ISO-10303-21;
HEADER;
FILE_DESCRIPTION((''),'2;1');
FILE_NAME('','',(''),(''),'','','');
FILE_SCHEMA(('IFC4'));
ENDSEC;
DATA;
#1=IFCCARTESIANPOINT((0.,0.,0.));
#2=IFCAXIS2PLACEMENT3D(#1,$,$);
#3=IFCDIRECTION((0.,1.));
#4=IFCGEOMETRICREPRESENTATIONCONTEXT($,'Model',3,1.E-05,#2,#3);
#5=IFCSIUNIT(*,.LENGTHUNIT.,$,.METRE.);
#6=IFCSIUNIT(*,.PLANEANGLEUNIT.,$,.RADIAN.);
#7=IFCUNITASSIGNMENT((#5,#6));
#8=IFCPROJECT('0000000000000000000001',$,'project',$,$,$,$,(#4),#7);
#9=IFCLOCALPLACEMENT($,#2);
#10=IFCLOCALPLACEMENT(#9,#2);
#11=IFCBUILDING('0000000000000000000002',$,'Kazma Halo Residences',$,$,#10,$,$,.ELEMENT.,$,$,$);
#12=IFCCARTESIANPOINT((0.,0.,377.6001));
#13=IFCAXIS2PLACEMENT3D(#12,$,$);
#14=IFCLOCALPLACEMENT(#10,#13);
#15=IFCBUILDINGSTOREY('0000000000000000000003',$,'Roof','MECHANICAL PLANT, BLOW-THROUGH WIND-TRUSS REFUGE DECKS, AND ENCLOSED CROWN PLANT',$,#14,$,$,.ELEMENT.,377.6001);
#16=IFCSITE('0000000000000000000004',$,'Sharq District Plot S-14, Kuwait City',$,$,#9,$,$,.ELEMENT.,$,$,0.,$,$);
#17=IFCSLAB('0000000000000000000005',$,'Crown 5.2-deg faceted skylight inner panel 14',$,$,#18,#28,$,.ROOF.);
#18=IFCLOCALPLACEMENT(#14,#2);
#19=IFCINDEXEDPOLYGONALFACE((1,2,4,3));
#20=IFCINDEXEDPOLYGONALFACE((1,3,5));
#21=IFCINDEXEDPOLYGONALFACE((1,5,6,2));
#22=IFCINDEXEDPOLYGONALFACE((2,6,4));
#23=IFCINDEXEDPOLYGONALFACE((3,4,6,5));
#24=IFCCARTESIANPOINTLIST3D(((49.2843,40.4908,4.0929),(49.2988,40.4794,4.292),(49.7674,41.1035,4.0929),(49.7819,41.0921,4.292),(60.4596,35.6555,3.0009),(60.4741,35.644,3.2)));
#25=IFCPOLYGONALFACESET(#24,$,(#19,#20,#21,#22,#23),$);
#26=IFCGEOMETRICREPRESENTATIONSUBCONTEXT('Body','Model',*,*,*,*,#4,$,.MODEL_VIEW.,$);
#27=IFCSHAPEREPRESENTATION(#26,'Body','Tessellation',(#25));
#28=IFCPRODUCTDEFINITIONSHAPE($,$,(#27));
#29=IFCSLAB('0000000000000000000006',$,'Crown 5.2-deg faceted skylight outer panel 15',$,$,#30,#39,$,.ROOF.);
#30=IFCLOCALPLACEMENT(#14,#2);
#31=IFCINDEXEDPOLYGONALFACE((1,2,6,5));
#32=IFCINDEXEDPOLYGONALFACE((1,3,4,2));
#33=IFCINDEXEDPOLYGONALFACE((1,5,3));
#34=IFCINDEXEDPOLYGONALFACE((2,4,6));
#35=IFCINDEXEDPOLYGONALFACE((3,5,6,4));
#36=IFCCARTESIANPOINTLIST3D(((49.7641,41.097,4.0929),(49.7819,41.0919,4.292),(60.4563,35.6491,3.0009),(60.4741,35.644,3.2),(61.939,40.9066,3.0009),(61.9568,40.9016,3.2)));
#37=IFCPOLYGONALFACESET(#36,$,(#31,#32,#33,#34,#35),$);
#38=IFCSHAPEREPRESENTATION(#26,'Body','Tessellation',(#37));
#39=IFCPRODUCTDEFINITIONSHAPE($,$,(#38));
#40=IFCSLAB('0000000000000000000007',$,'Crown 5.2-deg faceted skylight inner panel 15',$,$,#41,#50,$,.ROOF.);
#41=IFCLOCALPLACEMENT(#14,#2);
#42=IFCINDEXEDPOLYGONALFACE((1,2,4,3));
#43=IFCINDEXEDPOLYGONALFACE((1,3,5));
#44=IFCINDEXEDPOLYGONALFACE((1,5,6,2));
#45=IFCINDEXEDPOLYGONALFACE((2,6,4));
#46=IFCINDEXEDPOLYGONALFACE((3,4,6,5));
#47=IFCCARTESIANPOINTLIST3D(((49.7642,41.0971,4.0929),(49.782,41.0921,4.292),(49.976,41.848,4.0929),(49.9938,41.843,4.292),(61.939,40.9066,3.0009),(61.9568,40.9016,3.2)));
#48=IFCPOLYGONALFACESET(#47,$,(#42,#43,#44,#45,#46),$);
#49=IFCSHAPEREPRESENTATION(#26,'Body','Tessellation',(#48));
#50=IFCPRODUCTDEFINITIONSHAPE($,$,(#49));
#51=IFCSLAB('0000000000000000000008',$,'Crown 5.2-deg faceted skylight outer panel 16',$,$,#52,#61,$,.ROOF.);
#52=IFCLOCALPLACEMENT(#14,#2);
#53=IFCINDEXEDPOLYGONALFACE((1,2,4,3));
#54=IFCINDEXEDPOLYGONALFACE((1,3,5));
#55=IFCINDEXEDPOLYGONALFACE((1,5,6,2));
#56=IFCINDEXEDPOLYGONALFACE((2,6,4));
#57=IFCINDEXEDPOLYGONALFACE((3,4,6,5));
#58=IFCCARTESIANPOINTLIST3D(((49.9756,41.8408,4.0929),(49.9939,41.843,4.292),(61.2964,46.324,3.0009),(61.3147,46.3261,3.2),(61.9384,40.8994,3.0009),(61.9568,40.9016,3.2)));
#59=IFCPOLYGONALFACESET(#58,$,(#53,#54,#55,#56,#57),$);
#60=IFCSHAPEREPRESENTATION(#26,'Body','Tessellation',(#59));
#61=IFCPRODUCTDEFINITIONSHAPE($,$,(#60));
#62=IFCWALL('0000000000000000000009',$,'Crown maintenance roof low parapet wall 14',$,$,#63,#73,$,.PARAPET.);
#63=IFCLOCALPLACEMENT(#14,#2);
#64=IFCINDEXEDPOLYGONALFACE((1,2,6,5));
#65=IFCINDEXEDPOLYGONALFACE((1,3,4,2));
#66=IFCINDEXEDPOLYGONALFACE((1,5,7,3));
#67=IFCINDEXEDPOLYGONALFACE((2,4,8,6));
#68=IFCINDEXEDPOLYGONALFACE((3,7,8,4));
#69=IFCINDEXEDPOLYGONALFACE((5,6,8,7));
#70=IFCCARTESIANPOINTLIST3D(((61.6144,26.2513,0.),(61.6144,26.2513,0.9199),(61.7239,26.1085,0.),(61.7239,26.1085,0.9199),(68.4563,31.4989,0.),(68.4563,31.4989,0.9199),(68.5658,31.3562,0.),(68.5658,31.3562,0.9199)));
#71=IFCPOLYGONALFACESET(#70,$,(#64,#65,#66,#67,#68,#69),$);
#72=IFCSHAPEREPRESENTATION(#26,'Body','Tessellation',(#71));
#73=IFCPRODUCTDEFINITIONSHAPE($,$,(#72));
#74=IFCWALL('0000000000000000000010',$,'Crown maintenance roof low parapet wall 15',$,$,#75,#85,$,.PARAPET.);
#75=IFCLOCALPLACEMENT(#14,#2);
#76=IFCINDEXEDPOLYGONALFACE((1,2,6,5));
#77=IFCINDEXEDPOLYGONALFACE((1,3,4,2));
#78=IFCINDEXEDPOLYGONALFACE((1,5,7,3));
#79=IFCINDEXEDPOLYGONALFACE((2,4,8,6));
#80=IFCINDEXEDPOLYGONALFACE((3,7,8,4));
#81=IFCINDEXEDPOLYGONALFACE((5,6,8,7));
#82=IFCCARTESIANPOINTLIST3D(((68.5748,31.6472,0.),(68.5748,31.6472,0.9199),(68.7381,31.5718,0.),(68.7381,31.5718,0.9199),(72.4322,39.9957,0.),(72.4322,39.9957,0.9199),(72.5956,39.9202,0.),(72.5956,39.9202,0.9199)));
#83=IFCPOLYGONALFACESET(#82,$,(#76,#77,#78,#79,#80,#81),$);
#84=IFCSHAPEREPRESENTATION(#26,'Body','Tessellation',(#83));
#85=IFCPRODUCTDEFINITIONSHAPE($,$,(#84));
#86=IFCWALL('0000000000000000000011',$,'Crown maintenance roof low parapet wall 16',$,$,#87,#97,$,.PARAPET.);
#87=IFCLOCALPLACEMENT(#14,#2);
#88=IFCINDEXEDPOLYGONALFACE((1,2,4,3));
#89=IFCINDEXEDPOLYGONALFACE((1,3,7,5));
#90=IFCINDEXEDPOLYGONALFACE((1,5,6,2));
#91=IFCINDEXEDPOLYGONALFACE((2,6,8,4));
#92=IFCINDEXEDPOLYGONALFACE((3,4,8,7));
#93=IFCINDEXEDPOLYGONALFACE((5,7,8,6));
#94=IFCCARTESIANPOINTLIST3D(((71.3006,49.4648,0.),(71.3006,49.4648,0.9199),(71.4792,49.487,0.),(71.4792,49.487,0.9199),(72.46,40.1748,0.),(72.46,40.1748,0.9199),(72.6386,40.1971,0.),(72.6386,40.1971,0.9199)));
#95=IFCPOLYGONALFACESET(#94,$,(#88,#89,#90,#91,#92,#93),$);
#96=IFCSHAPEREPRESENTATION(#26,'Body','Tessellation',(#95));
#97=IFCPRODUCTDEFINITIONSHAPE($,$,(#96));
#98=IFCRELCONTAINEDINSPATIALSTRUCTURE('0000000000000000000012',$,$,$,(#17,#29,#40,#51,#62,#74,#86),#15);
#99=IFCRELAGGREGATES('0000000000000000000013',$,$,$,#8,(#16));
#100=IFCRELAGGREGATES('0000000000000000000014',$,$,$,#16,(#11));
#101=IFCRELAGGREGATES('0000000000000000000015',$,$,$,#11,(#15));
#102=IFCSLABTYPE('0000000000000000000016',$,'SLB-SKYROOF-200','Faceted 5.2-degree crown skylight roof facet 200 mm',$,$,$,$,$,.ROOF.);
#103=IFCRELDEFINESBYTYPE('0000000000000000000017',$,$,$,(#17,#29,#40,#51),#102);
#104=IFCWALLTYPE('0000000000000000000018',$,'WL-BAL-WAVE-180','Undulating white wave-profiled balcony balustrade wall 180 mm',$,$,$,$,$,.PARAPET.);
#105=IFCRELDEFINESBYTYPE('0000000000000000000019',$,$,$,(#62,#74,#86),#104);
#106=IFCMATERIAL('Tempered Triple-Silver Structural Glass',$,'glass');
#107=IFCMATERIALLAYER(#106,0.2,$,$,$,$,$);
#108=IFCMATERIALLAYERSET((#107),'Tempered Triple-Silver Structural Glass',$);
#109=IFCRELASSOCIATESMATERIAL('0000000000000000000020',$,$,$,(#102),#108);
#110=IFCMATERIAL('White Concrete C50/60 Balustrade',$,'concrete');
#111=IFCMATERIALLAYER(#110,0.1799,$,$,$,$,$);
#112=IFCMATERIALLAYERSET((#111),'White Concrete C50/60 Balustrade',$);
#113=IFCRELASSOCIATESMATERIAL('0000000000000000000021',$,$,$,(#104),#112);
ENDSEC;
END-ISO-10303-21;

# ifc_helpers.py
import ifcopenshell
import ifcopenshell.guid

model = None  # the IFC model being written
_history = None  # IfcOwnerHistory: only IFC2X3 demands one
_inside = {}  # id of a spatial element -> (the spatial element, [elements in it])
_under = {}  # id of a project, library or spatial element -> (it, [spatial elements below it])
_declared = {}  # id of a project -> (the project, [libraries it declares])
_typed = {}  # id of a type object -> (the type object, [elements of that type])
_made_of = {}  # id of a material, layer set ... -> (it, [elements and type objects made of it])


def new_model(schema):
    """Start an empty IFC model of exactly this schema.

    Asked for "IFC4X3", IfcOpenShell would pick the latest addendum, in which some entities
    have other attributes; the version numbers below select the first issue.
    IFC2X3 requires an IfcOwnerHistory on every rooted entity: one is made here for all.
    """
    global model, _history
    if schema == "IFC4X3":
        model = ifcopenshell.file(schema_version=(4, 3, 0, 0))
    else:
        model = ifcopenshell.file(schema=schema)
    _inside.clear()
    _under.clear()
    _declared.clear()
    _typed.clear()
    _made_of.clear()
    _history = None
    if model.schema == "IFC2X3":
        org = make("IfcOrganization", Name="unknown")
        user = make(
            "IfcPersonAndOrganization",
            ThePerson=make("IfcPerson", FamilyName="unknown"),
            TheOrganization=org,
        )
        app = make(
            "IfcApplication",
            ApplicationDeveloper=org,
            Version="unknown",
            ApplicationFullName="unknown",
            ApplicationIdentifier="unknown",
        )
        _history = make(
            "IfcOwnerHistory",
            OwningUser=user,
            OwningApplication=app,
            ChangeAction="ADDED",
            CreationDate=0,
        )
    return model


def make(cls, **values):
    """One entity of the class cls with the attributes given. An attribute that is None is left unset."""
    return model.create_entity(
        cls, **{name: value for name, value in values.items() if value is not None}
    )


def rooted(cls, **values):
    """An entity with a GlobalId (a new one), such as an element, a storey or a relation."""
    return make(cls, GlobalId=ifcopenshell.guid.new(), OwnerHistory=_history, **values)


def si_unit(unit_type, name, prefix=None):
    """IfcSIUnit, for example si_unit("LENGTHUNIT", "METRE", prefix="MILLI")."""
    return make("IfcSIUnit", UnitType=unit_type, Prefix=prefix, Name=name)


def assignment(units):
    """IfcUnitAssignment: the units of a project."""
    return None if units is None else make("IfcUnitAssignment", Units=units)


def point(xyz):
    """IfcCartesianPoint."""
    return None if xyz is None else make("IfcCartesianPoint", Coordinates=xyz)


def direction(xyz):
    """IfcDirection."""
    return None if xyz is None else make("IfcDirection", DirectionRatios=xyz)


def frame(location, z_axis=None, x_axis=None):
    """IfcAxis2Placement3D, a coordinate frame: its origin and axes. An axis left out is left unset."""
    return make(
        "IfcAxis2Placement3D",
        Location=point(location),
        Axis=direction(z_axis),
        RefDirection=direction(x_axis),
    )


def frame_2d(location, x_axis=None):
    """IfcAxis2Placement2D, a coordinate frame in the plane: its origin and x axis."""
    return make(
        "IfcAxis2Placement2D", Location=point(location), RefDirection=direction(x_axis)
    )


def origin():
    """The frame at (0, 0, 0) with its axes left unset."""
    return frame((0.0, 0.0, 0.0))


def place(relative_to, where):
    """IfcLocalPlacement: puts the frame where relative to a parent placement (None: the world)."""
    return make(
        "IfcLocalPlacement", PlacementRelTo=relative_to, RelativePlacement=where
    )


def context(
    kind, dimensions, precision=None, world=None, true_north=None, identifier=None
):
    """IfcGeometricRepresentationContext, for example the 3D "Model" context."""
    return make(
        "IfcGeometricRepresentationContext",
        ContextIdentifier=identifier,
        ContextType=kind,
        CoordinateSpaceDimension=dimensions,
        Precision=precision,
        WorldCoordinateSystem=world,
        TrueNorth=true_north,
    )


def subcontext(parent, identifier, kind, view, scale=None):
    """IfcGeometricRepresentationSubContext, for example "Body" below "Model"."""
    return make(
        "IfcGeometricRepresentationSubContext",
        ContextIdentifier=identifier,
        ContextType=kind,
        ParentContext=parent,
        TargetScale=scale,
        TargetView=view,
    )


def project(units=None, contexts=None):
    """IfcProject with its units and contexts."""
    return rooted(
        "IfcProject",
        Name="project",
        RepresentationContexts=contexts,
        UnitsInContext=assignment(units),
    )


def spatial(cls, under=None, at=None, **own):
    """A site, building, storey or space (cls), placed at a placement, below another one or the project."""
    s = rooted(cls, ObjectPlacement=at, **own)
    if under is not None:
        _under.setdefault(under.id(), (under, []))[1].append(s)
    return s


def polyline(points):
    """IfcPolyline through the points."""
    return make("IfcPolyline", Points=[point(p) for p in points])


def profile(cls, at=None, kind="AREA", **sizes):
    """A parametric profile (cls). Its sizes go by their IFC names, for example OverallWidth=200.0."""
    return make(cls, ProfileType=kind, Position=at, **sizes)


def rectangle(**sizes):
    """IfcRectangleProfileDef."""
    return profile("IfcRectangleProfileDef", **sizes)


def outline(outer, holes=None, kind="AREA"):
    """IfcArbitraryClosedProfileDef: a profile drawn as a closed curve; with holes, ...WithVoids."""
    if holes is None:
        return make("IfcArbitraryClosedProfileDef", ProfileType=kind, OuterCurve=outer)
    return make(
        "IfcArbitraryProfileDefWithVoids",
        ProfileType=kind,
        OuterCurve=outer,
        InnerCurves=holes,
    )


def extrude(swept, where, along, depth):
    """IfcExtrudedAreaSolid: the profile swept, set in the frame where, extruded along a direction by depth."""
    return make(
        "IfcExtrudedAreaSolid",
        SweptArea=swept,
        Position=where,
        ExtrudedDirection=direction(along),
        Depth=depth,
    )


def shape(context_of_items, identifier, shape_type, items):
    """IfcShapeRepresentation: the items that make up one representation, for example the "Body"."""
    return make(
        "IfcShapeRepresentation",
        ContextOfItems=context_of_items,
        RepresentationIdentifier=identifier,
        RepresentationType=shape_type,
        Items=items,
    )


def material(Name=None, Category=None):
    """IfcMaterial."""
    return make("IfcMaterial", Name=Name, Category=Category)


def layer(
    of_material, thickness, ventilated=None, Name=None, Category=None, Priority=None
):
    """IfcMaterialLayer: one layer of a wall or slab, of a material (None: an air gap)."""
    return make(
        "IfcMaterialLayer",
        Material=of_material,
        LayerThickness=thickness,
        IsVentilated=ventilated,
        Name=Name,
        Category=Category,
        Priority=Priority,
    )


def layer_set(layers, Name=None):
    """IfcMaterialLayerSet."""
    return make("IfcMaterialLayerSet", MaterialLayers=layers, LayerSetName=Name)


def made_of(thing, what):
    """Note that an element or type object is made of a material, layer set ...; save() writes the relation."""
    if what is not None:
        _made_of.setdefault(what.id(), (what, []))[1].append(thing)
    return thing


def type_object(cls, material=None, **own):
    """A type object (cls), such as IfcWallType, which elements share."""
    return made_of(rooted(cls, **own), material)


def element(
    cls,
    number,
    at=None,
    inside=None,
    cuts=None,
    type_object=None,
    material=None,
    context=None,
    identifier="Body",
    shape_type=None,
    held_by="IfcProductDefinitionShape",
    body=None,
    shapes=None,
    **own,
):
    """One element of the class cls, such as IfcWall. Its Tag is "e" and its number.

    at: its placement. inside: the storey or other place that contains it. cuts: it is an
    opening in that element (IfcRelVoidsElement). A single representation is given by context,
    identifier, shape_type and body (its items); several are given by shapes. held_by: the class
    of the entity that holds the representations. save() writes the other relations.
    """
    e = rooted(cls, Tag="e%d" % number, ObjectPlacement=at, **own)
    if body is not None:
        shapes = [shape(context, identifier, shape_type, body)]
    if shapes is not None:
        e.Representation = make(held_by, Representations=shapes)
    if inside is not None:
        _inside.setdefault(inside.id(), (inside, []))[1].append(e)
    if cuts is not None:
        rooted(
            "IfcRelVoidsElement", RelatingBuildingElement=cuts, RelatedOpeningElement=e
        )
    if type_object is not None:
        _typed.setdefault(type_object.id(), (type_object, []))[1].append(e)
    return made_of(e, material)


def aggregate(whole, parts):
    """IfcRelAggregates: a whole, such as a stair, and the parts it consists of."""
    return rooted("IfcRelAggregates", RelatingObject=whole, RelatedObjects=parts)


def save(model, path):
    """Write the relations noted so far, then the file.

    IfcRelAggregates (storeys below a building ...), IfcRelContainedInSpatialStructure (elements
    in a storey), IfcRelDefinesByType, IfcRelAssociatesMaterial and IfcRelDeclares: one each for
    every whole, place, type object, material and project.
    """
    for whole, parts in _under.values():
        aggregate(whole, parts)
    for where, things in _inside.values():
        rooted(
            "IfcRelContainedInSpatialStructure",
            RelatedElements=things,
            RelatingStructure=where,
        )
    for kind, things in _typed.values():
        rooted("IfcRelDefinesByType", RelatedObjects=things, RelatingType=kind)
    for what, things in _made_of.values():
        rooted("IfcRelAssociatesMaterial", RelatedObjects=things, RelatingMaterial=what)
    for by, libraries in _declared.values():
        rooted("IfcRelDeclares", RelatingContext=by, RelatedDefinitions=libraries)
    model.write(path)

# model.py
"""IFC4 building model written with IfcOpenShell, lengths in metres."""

from ifc_helpers import new_model, si_unit, direction, frame, frame_2d, origin, place, context, subcontext, project, spatial, polyline, rectangle, outline, extrude, material, layer, layer_set, type_object, element, save


model = new_model("IFC4")

# Units and contexts
model_context = context("Model", 3, precision=1e-05, world=origin(), true_north=direction((0.0, 1.0)))
body_context = subcontext(model_context, "Body", "Model", "MODEL_VIEW")
ifc_project = project(units=[si_unit("LENGTHUNIT", "METRE"), si_unit("PLANEANGLEUNIT", "RADIAN")], contexts=[model_context])

# Site, building, storey
site_placement = place(None, origin())
site = spatial("IfcSite", under=ifc_project, at=site_placement, Name="Sharq District Plot S-14, Kuwait City", CompositionType="ELEMENT", RefElevation=0.0)
building_placement = place(site_placement, origin())
building = spatial("IfcBuilding", under=site, at=building_placement, Name="Kazma Halo Residences", CompositionType="ELEMENT")
storey_placement = place(building_placement, frame((0.0, 0.0, 377.6001)))
storey = spatial("IfcBuildingStorey", under=building, at=storey_placement, Name="Roof", Description="MECHANICAL PLANT, BLOW-THROUGH WIND-TRUSS REFUGE DECKS, AND ENCLOSED CROWN PLANT", CompositionType="ELEMENT", Elevation=377.6001)

# Slabs
ifc_material_1 = material(Name="Tempered Triple-Silver Structural Glass", Category="glass")
ifc_layer_1 = layer(ifc_material_1, 0.2)
ifc_layer_set_1 = layer_set([ifc_layer_1], Name="Tempered Triple-Silver Structural Glass")
slab_type = type_object("IfcSlabType", Name="SLB-SKYROOF-200", Description="Faceted 5.2-degree crown skylight roof facet 200 mm", PredefinedType="ROOF", material=ifc_layer_set_1)
slab_1_placement = place(storey_placement, frame((60.4741, 35.644, 3.2), z_axis=(0.072551, -0.057203, 0.995723), x_axis=(-0.887337, 0.452128, 0.090628)))
element("IfcSlab", 1, at=slab_1_placement, inside=storey, type_object=slab_type, Name="Crown 5.2-deg faceted skylight inner panel 14", PredefinedType="ROOF", context=body_context, shape_type="SweptSolid", body=[
    extrude(outline(polyline([(0.0, 0.0), (12.0498, 0.0), (12.2014, 0.7654), (0.0, 0.0)])), origin(), (0.0, 0.0, -1.0), 0.2),
])
slab_2_placement = place(storey_placement, frame((60.4741, 35.644, 3.2), z_axis=(0.088921, -0.025076, 0.995723), x_axis=(0.27142, 0.962461, 0.0)))
element("IfcSlab", 2, at=slab_2_placement, inside=storey, type_object=slab_type, Name="Crown 5.2-deg faceted skylight outer panel 15", PredefinedType="ROOF", context=body_context, shape_type="SweptSolid", body=[
    extrude(outline(polyline([(0.0, 0.0), (5.4626, 0.0), (2.3413, 11.8201), (0.0, 0.0)])), origin(), (0.0, 0.0, -1.0), 0.2),
])
slab_3_placement = place(storey_placement, frame((61.9568, 40.9016, 3.2), z_axis=(0.088921, -0.025092, 0.995723), x_axis=(-0.992815, 0.078128, 0.09063)))
element("IfcSlab", 3, at=slab_3_placement, inside=storey, type_object=slab_type, Name="Crown 5.2-deg faceted skylight inner panel 15", PredefinedType="ROOF", context=body_context, shape_type="SweptSolid", body=[
    extrude(outline(polyline([(0.0, 0.0), (12.0496, 0.0), (12.2012, 0.7654), (0.0, 0.0)])), origin(), (0.0, 0.0, -1.0), 0.2),
])
slab_4_placement = place(storey_placement, frame((61.9568, 40.9016, 3.2), z_axis=(0.09175, 0.01086, 0.995723), x_axis=(-0.117547, 0.993067, 0.0)))
element("IfcSlab", 4, at=slab_4_placement, inside=storey, type_object=slab_type, Name="Crown 5.2-deg faceted skylight outer panel 16", PredefinedType="ROOF", context=body_context, shape_type="SweptSolid", body=[
    extrude(outline(polyline([(0.0, 0.0), (5.4624, 0.0), (2.3411, 11.8198), (0.0, 0.0)])), origin(), (0.0, 0.0, -1.0), 0.2),
])

# Walls
ifc_material_2 = material(Name="White Concrete C50/60 Balustrade", Category="concrete")
ifc_layer_2 = layer(ifc_material_2, 0.1799)
ifc_layer_set_2 = layer_set([ifc_layer_2], Name="White Concrete C50/60 Balustrade")
wall_type = type_object("IfcWallType", Name="WL-BAL-WAVE-180", Description="Undulating white wave-profiled balcony balustrade wall 180 mm", PredefinedType="PARAPET", material=ifc_layer_set_2)
wall_1_placement = place(storey_placement, frame((61.6692, 26.1799, 0.0), z_axis=(0.0, 0.0, 1.0), x_axis=(0.793484, 0.608591, 0.0)))
element("IfcWall", 5, at=wall_1_placement, inside=storey, type_object=wall_type, Name="Crown maintenance roof low parapet wall 14", PredefinedType="PARAPET", context=body_context, shape_type="SweptSolid", body=[
    extrude(rectangle(XDim=8.6226, YDim=0.1799, at=frame_2d((4.3113, 0.0))), origin(), (0.0, 0.0, 1.0), 0.9199),
])
wall_2_placement = place(storey_placement, frame((68.6565, 31.6096, 0.0), z_axis=(0.0, 0.0, 1.0), x_axis=(0.419445, 0.907781, 0.0)))
element("IfcWall", 6, at=wall_2_placement, inside=storey, type_object=wall_type, Name="Crown maintenance roof low parapet wall 15", PredefinedType="PARAPET", context=body_context, shape_type="SweptSolid", body=[
    extrude(rectangle(XDim=9.1965, YDim=0.1799, at=frame_2d((4.5981, 0.0))), origin(), (0.0, 0.0, 1.0), 0.9199),
])
wall_3_placement = place(storey_placement, frame((72.5493, 40.1858, 0.0), z_axis=(0.0, 0.0, 1.0), x_axis=(-0.123842, 0.992302, 0.0)))
element("IfcWall", 7, at=wall_3_placement, inside=storey, type_object=wall_type, Name="Crown maintenance roof low parapet wall 16", PredefinedType="PARAPET", context=body_context, shape_type="SweptSolid", body=[
    extrude(rectangle(XDim=9.3621, YDim=0.1799, at=frame_2d((4.6812, 0.0))), origin(), (0.0, 0.0, 1.0), 0.9199),
])

save(model, "model.ifc")
